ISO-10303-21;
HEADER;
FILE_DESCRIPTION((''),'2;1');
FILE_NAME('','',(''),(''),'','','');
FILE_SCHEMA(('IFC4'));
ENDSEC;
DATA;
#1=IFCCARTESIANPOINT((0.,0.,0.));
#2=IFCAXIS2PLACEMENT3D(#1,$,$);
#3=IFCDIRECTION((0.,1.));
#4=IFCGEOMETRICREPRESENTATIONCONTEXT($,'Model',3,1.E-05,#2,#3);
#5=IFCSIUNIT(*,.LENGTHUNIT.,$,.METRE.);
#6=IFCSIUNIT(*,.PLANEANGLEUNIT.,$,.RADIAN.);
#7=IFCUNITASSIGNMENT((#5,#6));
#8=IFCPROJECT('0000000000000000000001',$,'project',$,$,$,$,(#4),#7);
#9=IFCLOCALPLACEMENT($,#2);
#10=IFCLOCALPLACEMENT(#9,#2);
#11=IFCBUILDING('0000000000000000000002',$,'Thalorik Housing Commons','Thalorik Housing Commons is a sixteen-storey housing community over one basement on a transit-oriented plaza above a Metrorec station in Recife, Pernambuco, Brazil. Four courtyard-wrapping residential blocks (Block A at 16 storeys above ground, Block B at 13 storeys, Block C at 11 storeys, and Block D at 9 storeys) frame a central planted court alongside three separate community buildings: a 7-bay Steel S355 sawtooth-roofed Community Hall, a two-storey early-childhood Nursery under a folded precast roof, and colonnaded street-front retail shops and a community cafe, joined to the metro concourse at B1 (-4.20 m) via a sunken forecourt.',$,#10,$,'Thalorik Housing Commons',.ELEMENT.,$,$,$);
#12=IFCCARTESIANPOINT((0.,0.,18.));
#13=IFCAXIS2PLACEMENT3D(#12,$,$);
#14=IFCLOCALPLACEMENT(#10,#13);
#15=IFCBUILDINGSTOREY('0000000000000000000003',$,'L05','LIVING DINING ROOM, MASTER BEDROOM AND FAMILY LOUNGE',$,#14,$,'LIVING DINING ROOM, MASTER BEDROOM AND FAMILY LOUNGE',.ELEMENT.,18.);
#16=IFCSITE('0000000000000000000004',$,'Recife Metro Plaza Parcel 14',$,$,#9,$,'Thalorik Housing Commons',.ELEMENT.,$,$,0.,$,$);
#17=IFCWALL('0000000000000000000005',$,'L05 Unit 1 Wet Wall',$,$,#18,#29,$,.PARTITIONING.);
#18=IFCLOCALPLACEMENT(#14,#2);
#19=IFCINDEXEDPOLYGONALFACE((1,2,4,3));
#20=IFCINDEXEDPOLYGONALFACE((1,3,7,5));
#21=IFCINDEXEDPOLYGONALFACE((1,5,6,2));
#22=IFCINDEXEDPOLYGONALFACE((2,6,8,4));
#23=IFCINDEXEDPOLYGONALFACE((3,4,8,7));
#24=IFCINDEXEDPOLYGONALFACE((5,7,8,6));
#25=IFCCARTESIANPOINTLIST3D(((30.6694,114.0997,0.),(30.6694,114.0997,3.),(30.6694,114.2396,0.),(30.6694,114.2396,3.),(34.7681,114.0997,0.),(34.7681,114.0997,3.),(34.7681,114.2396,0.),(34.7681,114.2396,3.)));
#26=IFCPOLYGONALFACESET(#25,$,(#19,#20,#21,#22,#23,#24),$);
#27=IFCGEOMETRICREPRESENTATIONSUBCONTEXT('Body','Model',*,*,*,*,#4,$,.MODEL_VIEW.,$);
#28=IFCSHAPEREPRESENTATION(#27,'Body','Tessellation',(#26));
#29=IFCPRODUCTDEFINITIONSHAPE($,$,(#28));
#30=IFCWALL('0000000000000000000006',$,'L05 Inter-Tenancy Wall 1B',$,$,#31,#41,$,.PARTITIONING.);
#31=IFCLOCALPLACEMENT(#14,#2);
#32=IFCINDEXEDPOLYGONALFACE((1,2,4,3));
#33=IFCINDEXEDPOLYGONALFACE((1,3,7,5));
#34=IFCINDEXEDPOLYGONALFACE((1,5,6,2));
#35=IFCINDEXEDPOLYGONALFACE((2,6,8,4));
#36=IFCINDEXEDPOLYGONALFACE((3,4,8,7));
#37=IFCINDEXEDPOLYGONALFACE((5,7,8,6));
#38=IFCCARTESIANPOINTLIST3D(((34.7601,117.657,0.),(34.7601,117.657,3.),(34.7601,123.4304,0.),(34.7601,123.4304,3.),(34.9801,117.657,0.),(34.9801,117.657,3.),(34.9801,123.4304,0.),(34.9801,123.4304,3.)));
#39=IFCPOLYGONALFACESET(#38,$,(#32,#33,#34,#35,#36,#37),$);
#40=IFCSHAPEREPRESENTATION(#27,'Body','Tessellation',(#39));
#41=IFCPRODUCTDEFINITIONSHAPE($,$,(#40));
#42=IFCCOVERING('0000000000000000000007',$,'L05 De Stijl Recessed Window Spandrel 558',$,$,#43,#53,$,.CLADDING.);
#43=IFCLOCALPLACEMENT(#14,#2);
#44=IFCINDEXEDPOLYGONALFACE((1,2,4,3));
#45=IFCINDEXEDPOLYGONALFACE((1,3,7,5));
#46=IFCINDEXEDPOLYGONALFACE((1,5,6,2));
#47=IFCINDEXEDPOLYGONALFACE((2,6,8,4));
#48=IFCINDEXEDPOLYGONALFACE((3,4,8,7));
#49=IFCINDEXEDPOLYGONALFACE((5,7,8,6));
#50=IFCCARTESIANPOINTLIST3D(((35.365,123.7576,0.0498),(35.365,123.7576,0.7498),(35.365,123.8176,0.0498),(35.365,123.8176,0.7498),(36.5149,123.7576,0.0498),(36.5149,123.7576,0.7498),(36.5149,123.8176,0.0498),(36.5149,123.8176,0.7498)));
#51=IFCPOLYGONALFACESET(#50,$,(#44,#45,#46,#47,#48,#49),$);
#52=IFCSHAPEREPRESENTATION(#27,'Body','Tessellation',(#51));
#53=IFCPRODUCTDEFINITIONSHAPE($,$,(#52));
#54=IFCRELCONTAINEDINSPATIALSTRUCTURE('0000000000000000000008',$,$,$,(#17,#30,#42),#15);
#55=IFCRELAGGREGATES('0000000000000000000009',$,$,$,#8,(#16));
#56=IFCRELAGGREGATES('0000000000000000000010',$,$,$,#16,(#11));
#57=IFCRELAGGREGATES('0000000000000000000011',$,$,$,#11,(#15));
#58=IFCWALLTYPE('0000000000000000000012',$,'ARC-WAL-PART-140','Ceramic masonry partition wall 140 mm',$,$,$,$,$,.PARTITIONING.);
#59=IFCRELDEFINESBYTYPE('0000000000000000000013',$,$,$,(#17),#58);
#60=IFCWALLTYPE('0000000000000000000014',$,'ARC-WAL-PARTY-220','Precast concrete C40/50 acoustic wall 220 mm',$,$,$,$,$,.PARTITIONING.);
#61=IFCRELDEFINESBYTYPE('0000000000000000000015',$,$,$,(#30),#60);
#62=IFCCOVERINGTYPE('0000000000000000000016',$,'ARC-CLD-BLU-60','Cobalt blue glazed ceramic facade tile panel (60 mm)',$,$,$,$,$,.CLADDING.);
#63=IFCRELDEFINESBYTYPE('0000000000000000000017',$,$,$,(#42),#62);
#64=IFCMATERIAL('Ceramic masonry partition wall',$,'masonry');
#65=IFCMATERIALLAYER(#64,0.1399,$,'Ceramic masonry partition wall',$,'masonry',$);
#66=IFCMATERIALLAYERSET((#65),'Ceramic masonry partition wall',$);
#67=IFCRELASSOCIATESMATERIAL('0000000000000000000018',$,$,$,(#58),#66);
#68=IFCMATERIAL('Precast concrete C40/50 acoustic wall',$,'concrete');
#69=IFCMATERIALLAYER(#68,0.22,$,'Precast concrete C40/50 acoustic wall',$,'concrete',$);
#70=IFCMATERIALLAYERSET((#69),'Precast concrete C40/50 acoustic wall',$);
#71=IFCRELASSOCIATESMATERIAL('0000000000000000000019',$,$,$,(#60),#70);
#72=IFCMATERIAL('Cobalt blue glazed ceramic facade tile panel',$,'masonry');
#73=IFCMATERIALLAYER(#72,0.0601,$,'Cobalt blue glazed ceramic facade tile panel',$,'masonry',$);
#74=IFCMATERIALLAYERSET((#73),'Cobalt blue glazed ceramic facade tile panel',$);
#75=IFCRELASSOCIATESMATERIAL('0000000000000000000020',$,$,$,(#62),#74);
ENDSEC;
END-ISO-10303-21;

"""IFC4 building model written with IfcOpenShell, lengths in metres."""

from ifc_helpers import new_model, si_unit, direction, frame, frame_2d, origin, origin_2d, place, context, subcontext, project, spatial, rectangle, extrude, material, layer, layer_set, type_object, element, save


model = new_model("IFC4")

# Units and contexts
model_context = context("Model", 3, precision=1e-05, world=origin(), true_north=direction((0.0, 1.0)))
body_context = subcontext(model_context, "Body", "Model", "MODEL_VIEW")
ifc_project = project(units=[si_unit("LENGTHUNIT", "METRE"), si_unit("PLANEANGLEUNIT", "RADIAN")], contexts=[model_context])

# Site, building, storey
site_placement = place(None, origin())
site = spatial("IfcSite", under=ifc_project, at=site_placement, Name="Recife Metro Plaza Parcel 14", LongName="Thalorik Housing Commons", CompositionType="ELEMENT", RefElevation=0.0)
building_placement = place(site_placement, origin())
building = spatial("IfcBuilding", under=site, at=building_placement, Name="Thalorik Housing Commons", Description="Thalorik Housing Commons is a sixteen-storey housing community over one basement on a transit-oriented plaza above a Metrorec station in Recife, Pernambuco, Brazil. Four courtyard-wrapping residential blocks (Block A at 16 storeys above ground, Block B at 13 storeys, Block C at 11 storeys, and Block D at 9 storeys) frame a central planted court alongside three separate community buildings: a 7-bay Steel S355 sawtooth-roofed Community Hall, a two-storey early-childhood Nursery under a folded precast roof, and colonnaded street-front retail shops and a community cafe, joined to the metro concourse at B1 (-4.20 m) via a sunken forecourt.", LongName="Thalorik Housing Commons", CompositionType="ELEMENT")
storey_placement = place(building_placement, frame((0.0, 0.0, 18.0)))
storey = spatial("IfcBuildingStorey", under=building, at=storey_placement, Name="L05", Description="LIVING DINING ROOM, MASTER BEDROOM AND FAMILY LOUNGE", LongName="LIVING DINING ROOM, MASTER BEDROOM AND FAMILY LOUNGE", CompositionType="ELEMENT", Elevation=18.0)

# Walls
ifc_material_1 = material(Name="Ceramic masonry partition wall", Category="masonry")
ifc_layer_1 = layer(ifc_material_1, 0.1399, Name="Ceramic masonry partition wall", Category="masonry")
ifc_layer_set_1 = layer_set([ifc_layer_1], Name="Ceramic masonry partition wall")
wall_type_1 = type_object("IfcWallType", Name="ARC-WAL-PART-140", Description="Ceramic masonry partition wall 140 mm", PredefinedType="PARTITIONING", material=ifc_layer_set_1)
wall_1_placement = place(storey_placement, frame((30.6694, 114.1697, 0.0), z_axis=(0.0, 0.0, 1.0), x_axis=(1.0, 0.0, 0.0)))
element("IfcWall", 1, at=wall_1_placement, inside=storey, type_object=wall_type_1, Name="L05 Unit 1 Wet Wall", PredefinedType="PARTITIONING", context=body_context, shape_type="SweptSolid", body=[
    extrude(rectangle(XDim=4.0986, YDim=0.1399, at=frame_2d((2.0493, 0.0))), origin(), (0.0, 0.0, 1.0), 3.0),
])
ifc_material_2 = material(Name="Precast concrete C40/50 acoustic wall", Category="concrete")
ifc_layer_2 = layer(ifc_material_2, 0.22, Name="Precast concrete C40/50 acoustic wall", Category="concrete")
ifc_layer_set_2 = layer_set([ifc_layer_2], Name="Precast concrete C40/50 acoustic wall")
wall_type_2 = type_object("IfcWallType", Name="ARC-WAL-PARTY-220", Description="Precast concrete C40/50 acoustic wall 220 mm", PredefinedType="PARTITIONING", material=ifc_layer_set_2)
wall_2_placement = place(storey_placement, frame((34.8701, 117.657, 0.0), z_axis=(0.0, 0.0, 1.0), x_axis=(0.0, 1.0, 0.0)))
element("IfcWall", 2, at=wall_2_placement, inside=storey, type_object=wall_type_2, Name="L05 Inter-Tenancy Wall 1B", PredefinedType="PARTITIONING", context=body_context, shape_type="SweptSolid", body=[
    extrude(rectangle(XDim=5.7734, YDim=0.22, at=frame_2d((2.8867, 0.0))), origin(), (0.0, 0.0, 1.0), 3.0),
])

# Covering
ifc_material_3 = material(Name="Cobalt blue glazed ceramic facade tile panel", Category="masonry")
ifc_layer_3 = layer(ifc_material_3, 0.0601, Name="Cobalt blue glazed ceramic facade tile panel", Category="masonry")
ifc_layer_set_3 = layer_set([ifc_layer_3], Name="Cobalt blue glazed ceramic facade tile panel")
covering_type_1 = type_object("IfcCoveringType", Name="ARC-CLD-BLU-60", Description="Cobalt blue glazed ceramic facade tile panel (60 mm)", PredefinedType="CLADDING", material=ifc_layer_set_3)
covering_1_placement = place(storey_placement, frame((35.9399, 123.7876, 0.0498), z_axis=(0.0, 0.0, 1.0), x_axis=(-1.0, 0.0, 0.0)))
element("IfcCovering", 3, at=covering_1_placement, inside=storey, type_object=covering_type_1, Name="L05 De Stijl Recessed Window Spandrel 558", PredefinedType="CLADDING", context=body_context, shape_type="SweptSolid", body=[
    extrude(rectangle(XDim=1.1499, YDim=0.0601, at=origin_2d()), origin(), (0.0, 0.0, 1.0), 0.7),
])

save(model, "model.ifc")
